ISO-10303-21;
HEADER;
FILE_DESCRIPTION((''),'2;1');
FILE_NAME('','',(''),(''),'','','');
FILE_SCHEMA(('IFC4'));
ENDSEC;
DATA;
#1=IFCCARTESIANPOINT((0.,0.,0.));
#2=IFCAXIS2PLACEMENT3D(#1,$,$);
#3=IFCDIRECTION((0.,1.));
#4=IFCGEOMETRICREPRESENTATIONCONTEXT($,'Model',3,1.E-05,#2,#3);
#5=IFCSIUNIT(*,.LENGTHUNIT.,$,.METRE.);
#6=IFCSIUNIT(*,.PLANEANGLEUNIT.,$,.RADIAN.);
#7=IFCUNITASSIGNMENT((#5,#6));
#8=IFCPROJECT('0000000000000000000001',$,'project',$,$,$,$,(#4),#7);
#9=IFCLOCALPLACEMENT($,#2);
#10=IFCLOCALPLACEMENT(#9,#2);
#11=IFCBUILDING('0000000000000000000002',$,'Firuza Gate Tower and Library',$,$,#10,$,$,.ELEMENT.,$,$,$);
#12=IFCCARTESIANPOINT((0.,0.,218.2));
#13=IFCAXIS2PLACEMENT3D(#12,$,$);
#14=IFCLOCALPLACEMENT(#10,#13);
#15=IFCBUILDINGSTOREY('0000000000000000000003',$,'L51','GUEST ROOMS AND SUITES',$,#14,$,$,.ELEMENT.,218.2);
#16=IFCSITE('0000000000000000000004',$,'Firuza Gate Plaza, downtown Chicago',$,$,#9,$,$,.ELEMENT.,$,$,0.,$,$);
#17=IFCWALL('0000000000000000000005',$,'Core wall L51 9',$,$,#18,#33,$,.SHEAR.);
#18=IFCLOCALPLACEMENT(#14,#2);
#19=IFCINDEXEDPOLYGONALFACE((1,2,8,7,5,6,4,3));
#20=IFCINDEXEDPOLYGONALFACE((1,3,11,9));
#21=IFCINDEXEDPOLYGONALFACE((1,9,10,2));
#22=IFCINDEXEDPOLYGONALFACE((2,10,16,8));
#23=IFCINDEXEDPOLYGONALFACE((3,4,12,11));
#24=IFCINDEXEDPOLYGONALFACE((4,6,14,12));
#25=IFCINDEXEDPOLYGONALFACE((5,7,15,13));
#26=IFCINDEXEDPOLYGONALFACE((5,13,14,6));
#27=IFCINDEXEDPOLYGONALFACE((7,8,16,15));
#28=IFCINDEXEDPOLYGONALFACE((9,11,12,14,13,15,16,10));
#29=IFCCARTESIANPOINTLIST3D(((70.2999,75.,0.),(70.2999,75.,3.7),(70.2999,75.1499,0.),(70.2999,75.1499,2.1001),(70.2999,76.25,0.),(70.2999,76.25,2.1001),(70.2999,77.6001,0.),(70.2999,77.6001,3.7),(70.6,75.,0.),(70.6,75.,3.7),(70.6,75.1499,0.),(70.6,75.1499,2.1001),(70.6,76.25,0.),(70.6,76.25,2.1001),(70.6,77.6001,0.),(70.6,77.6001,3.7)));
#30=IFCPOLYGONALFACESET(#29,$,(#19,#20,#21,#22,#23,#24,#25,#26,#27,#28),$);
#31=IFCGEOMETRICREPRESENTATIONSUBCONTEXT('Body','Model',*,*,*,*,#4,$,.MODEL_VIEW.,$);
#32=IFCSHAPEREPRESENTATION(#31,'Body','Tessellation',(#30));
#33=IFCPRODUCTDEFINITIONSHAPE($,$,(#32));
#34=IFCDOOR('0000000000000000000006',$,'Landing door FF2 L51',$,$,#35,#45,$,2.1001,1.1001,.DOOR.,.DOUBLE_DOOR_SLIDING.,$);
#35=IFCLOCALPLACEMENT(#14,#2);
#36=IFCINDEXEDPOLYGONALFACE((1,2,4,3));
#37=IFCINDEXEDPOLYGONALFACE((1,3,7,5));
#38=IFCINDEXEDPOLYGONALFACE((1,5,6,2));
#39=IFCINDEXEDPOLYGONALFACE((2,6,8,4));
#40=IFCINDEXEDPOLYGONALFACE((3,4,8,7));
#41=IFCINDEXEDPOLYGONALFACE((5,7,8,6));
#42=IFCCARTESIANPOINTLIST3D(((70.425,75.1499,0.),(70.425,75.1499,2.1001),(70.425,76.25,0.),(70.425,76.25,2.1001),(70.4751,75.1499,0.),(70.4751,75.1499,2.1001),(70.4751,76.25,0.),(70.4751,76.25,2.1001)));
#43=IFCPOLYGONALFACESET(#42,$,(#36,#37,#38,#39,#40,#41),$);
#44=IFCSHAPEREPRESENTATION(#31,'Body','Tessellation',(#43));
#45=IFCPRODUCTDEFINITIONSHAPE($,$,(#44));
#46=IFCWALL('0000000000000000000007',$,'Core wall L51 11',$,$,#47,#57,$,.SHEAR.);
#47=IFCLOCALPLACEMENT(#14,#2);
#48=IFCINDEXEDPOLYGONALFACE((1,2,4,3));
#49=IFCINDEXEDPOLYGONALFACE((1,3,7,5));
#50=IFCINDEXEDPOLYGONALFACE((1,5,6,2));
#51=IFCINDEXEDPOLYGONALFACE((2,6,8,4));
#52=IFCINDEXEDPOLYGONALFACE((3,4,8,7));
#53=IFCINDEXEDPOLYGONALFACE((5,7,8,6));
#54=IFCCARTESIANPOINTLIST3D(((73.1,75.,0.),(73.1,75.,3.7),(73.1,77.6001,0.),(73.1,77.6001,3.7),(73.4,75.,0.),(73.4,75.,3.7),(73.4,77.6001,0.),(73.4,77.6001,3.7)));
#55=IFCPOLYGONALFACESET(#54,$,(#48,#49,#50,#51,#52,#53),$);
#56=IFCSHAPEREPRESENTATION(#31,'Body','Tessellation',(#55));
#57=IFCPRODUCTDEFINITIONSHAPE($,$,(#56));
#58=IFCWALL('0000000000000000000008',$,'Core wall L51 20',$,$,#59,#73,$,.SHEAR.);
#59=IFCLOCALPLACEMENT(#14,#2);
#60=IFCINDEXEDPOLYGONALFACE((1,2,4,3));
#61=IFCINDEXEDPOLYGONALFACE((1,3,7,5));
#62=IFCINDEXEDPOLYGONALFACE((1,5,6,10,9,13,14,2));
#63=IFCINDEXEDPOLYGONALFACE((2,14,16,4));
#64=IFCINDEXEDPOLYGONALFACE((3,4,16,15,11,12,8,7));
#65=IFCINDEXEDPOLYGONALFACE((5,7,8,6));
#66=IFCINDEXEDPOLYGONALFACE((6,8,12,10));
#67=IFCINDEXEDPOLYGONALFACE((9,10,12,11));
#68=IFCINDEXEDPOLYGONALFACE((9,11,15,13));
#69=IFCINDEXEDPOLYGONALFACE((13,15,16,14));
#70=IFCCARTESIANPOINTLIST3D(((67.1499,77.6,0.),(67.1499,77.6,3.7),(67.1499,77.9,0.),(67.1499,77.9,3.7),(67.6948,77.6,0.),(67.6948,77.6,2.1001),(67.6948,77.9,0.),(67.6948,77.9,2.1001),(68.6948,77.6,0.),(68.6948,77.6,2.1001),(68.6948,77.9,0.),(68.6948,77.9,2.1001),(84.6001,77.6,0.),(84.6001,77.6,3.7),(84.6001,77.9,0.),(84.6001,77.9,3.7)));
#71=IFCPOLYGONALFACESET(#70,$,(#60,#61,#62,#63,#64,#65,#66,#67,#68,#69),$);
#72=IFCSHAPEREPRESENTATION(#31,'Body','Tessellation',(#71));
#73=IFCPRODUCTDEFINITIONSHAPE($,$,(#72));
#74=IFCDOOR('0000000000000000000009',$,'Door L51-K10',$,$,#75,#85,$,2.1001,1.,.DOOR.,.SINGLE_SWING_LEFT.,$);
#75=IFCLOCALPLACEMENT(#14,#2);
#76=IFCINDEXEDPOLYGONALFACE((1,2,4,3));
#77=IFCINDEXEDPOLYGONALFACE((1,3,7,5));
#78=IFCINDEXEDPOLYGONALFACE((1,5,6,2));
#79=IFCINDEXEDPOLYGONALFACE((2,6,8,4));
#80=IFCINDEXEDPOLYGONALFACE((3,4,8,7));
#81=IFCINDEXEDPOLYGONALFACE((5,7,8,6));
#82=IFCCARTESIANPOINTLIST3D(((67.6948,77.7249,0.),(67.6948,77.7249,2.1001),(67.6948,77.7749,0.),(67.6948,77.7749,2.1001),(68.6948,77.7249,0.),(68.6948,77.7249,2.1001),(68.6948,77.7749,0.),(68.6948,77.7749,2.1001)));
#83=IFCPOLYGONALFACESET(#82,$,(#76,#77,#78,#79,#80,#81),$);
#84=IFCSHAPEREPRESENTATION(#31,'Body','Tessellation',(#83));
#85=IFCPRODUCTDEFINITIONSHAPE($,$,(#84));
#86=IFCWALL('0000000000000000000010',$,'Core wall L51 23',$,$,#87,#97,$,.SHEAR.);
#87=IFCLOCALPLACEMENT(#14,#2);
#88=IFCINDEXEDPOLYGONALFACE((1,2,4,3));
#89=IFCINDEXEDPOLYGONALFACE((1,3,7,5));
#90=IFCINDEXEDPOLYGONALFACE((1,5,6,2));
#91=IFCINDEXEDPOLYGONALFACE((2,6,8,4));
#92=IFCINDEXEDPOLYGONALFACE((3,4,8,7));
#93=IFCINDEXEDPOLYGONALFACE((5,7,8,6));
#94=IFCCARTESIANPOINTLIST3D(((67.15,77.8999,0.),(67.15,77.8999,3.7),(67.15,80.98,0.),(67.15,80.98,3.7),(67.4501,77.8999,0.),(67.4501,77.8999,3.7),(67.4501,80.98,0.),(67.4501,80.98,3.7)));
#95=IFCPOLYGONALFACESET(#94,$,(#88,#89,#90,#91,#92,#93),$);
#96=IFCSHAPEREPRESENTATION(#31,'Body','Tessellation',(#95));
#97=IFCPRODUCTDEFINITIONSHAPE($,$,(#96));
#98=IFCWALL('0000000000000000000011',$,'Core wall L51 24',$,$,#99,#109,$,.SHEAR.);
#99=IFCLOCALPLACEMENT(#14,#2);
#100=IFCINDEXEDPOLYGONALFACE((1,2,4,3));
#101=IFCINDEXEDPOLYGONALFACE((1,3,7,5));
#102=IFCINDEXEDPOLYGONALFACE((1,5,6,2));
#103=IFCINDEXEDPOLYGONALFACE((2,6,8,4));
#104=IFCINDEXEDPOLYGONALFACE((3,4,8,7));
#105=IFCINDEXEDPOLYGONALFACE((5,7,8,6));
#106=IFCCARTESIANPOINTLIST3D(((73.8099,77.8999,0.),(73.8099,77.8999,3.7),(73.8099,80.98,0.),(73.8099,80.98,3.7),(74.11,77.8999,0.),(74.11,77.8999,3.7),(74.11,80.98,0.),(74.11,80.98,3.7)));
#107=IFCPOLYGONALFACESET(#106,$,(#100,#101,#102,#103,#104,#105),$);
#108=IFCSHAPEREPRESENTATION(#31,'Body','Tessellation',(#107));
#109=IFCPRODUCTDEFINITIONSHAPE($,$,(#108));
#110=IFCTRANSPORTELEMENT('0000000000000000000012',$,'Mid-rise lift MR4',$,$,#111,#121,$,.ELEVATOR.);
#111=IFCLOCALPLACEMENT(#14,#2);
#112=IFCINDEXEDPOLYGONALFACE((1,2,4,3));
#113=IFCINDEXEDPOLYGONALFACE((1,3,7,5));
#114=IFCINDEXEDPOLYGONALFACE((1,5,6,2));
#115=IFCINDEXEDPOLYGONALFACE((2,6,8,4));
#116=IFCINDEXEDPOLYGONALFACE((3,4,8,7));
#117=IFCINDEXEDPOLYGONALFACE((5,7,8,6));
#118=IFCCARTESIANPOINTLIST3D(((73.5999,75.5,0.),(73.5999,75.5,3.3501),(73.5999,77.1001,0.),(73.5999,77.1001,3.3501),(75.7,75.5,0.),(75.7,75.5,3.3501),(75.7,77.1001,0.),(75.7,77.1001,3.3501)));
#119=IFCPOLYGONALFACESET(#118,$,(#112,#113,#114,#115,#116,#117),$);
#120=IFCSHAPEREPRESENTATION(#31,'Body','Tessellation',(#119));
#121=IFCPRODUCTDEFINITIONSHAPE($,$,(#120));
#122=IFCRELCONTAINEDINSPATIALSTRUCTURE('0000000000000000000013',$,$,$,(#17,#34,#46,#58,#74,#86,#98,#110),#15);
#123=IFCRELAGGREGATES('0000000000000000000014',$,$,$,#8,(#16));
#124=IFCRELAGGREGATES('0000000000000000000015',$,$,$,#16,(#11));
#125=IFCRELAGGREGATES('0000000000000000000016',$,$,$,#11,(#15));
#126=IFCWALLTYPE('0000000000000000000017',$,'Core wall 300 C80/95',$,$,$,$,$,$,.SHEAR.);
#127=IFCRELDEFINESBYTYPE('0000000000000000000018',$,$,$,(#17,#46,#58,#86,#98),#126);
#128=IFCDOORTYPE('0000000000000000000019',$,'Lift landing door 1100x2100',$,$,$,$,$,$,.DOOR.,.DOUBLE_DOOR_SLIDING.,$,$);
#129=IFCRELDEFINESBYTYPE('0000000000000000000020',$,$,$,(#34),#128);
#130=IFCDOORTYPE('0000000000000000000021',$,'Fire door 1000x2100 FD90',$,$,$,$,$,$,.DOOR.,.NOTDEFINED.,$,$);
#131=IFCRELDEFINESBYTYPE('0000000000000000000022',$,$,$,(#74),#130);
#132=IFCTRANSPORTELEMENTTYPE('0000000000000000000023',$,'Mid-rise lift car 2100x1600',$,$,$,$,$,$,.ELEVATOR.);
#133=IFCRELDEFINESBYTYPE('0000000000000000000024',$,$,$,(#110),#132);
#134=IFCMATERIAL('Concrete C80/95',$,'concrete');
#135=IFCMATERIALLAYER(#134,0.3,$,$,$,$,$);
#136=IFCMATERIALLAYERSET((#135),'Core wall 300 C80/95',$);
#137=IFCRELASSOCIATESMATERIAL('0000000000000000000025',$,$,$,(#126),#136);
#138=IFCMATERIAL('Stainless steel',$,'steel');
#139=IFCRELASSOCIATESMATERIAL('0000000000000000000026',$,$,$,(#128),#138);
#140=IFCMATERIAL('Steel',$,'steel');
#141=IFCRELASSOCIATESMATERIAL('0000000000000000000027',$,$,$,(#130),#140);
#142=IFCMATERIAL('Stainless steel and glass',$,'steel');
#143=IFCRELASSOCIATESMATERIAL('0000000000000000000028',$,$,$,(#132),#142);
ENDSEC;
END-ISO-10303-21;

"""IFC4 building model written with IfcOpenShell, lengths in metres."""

from ifc_helpers import new_model, si_unit, direction, frame, frame_2d, origin, origin_2d, place, context, subcontext, project, spatial, rectangle, extrude, material, layer, layer_set, type_object, element, fill, save


model = new_model("IFC4")

# Units and contexts
model_context = context("Model", 3, precision=1e-05, world=origin(), true_north=direction((0.0, 1.0)))
body_context = subcontext(model_context, "Body", "Model", "MODEL_VIEW")
ifc_project = project(units=[si_unit("LENGTHUNIT", "METRE"), si_unit("PLANEANGLEUNIT", "RADIAN")], contexts=[model_context])

# Site, building, storey
site_placement = place(None, origin())
site = spatial("IfcSite", under=ifc_project, at=site_placement, Name="Firuza Gate Plaza, downtown Chicago", CompositionType="ELEMENT", RefElevation=0.0)
building_placement = place(site_placement, origin())
building = spatial("IfcBuilding", under=site, at=building_placement, Name="Firuza Gate Tower and Library", CompositionType="ELEMENT")
storey_placement = place(building_placement, frame((0.0, 0.0, 218.2)))
storey = spatial("IfcBuildingStorey", under=building, at=storey_placement, Name="L51", Description="GUEST ROOMS AND SUITES", CompositionType="ELEMENT", Elevation=218.2)

# Shared definitions
ifc_material_1 = material(Name="Concrete C80/95", Category="concrete")
ifc_layer_1 = layer(ifc_material_1, 0.3)
ifc_layer_set_1 = layer_set([ifc_layer_1], Name="Core wall 300 C80/95")
wall_type_1 = type_object("IfcWallType", Name="Core wall 300 C80/95", PredefinedType="SHEAR", material=ifc_layer_set_1)
ifc_material_2 = material(Name="Stainless steel", Category="steel")
door_type_1 = type_object("IfcDoorType", Name="Lift landing door 1100x2100", OperationType="DOUBLE_DOOR_SLIDING", PredefinedType="DOOR", material=ifc_material_2)

# Wall, opening, door
wall_1_placement = place(storey_placement, frame((70.45, 75.0, 0.0), z_axis=(0.0, 0.0, 1.0), x_axis=(0.0, 1.0, 0.0)))
wall_1 = element("IfcWall", 1, at=wall_1_placement, inside=storey, type_object=wall_type_1, Name="Core wall L51 9", PredefinedType="SHEAR", context=body_context, shape_type="SweptSolid", body=[
    extrude(rectangle(XDim=2.6001, YDim=0.3, at=frame_2d((1.3, 0.0))), origin(), (0.0, 0.0, 1.0), 3.7),
])
opening_1_placement = place(wall_1_placement, frame((0.1499, 0.0, 0.0)))
opening_1 = element("IfcOpeningElement", 2, at=opening_1_placement, cuts=wall_1, PredefinedType="OPENING", context=body_context, shape_type="SweptSolid", body=[
    extrude(rectangle(XDim=1.1001, YDim=2.1001, at=frame_2d((0.55, 1.05))), frame((0.0, 0.1602, 0.0), z_axis=(0.0, -1.0, 0.0), x_axis=(1.0, 0.0, 0.0)), (0.0, 0.0, 1.0), 0.3201),
])
door_1_placement = place(opening_1_placement, origin())
door_1 = element("IfcDoor", 3, at=door_1_placement, inside=storey, type_object=door_type_1, Name="Landing door FF2 L51", OperationType="DOUBLE_DOOR_SLIDING", OverallHeight=2.1001, OverallWidth=1.1001, PredefinedType="DOOR", context=body_context, shape_type="SweptSolid", body=[
    extrude(rectangle(XDim=1.1001, YDim=2.1001, at=frame_2d((0.55, 1.05))), frame((0.0, 0.0249, 0.0), z_axis=(0.0, -1.0, 0.0), x_axis=(1.0, 0.0, 0.0)), (0.0, 0.0, 1.0), 0.05),
])
fill(opening_1, door_1)

# Wall
wall_2_placement = place(storey_placement, frame((73.25, 75.0, 0.0), z_axis=(0.0, 0.0, 1.0), x_axis=(0.0, 1.0, 0.0)))
element("IfcWall", 4, at=wall_2_placement, inside=storey, type_object=wall_type_1, Name="Core wall L51 11", PredefinedType="SHEAR", context=body_context, shape_type="SweptSolid", body=[
    extrude(rectangle(XDim=2.6001, YDim=0.3, at=frame_2d((1.3, 0.0))), origin(), (0.0, 0.0, 1.0), 3.7),
])

# Wall, opening, door
wall_3_placement = place(storey_placement, frame((67.1499, 77.75, 0.0), z_axis=(0.0, 0.0, 1.0), x_axis=(1.0, 0.0, 0.0)))
wall_3 = element("IfcWall", 5, at=wall_3_placement, inside=storey, type_object=wall_type_1, Name="Core wall L51 20", PredefinedType="SHEAR", context=body_context, shape_type="SweptSolid", body=[
    extrude(rectangle(XDim=17.4502, YDim=0.3, at=frame_2d((8.7251, 0.0))), origin(), (0.0, 0.0, 1.0), 3.7),
])
opening_2_placement = place(wall_3_placement, frame((0.5449, 0.0, 0.0)))
opening_2 = element("IfcOpeningElement", 6, at=opening_2_placement, cuts=wall_3, PredefinedType="OPENING", context=body_context, shape_type="SweptSolid", body=[
    extrude(rectangle(XDim=1.0, YDim=2.1001, at=frame_2d((0.5, 1.05))), frame((0.0, 0.1602, 0.0), z_axis=(0.0, -1.0, 0.0), x_axis=(1.0, 0.0, 0.0)), (0.0, 0.0, 1.0), 0.3201),
])
ifc_material_3 = material(Name="Steel", Category="steel")
door_type_2 = type_object("IfcDoorType", Name="Fire door 1000x2100 FD90", OperationType="NOTDEFINED", PredefinedType="DOOR", material=ifc_material_3)
door_2_placement = place(opening_2_placement, origin())
door_2 = element("IfcDoor", 7, at=door_2_placement, inside=storey, type_object=door_type_2, Name="Door L51-K10", OperationType="SINGLE_SWING_LEFT", OverallHeight=2.1001, OverallWidth=1.0, PredefinedType="DOOR", context=body_context, shape_type="SweptSolid", body=[
    extrude(rectangle(XDim=1.0, YDim=2.1001, at=frame_2d((0.5, 1.05))), frame((0.0, 0.0249, 0.0), z_axis=(0.0, -1.0, 0.0), x_axis=(1.0, 0.0, 0.0)), (0.0, 0.0, 1.0), 0.05),
])
fill(opening_2, door_2)

# Walls
for number, where, z_axis, x_axis, name in (
    (8, (67.3, 77.8999, 0.0), (0.0, 0.0, 1.0), (0.0, 1.0, 0.0), "Core wall L51 23"),
    (9, (73.96, 77.8999, 0.0), (0.0, 0.0, 1.0), (0.0, 1.0, 0.0), "Core wall L51 24"),
):
    element("IfcWall", number, at=place(storey_placement, frame(where, z_axis=z_axis, x_axis=x_axis)), inside=storey, type_object=wall_type_1, Name=name, PredefinedType="SHEAR", context=body_context, shape_type="SweptSolid", body=[
        extrude(rectangle(XDim=3.0801, YDim=0.3, at=frame_2d((1.54, 0.0))), origin(), (0.0, 0.0, 1.0), 3.7),
    ])

# Transport element
ifc_material_4 = material(Name="Stainless steel and glass", Category="steel")
transport_element_type = type_object("IfcTransportElementType", Name="Mid-rise lift car 2100x1600", PredefinedType="ELEVATOR", material=ifc_material_4)
transport_element_placement = place(storey_placement, frame((74.6499, 76.3, 0.0), z_axis=(0.0, 0.0, 1.0), x_axis=(1.0, 0.0, 0.0)))
element("IfcTransportElement", 10, at=transport_element_placement, inside=storey, type_object=transport_element_type, Name="Mid-rise lift MR4", PredefinedType="ELEVATOR", context=body_context, shape_type="SweptSolid", body=[
    extrude(rectangle(XDim=2.1001, YDim=1.6001, at=origin_2d()), origin(), (0.0, 0.0, 1.0), 3.3501),
])

save(model, "model.ifc")
